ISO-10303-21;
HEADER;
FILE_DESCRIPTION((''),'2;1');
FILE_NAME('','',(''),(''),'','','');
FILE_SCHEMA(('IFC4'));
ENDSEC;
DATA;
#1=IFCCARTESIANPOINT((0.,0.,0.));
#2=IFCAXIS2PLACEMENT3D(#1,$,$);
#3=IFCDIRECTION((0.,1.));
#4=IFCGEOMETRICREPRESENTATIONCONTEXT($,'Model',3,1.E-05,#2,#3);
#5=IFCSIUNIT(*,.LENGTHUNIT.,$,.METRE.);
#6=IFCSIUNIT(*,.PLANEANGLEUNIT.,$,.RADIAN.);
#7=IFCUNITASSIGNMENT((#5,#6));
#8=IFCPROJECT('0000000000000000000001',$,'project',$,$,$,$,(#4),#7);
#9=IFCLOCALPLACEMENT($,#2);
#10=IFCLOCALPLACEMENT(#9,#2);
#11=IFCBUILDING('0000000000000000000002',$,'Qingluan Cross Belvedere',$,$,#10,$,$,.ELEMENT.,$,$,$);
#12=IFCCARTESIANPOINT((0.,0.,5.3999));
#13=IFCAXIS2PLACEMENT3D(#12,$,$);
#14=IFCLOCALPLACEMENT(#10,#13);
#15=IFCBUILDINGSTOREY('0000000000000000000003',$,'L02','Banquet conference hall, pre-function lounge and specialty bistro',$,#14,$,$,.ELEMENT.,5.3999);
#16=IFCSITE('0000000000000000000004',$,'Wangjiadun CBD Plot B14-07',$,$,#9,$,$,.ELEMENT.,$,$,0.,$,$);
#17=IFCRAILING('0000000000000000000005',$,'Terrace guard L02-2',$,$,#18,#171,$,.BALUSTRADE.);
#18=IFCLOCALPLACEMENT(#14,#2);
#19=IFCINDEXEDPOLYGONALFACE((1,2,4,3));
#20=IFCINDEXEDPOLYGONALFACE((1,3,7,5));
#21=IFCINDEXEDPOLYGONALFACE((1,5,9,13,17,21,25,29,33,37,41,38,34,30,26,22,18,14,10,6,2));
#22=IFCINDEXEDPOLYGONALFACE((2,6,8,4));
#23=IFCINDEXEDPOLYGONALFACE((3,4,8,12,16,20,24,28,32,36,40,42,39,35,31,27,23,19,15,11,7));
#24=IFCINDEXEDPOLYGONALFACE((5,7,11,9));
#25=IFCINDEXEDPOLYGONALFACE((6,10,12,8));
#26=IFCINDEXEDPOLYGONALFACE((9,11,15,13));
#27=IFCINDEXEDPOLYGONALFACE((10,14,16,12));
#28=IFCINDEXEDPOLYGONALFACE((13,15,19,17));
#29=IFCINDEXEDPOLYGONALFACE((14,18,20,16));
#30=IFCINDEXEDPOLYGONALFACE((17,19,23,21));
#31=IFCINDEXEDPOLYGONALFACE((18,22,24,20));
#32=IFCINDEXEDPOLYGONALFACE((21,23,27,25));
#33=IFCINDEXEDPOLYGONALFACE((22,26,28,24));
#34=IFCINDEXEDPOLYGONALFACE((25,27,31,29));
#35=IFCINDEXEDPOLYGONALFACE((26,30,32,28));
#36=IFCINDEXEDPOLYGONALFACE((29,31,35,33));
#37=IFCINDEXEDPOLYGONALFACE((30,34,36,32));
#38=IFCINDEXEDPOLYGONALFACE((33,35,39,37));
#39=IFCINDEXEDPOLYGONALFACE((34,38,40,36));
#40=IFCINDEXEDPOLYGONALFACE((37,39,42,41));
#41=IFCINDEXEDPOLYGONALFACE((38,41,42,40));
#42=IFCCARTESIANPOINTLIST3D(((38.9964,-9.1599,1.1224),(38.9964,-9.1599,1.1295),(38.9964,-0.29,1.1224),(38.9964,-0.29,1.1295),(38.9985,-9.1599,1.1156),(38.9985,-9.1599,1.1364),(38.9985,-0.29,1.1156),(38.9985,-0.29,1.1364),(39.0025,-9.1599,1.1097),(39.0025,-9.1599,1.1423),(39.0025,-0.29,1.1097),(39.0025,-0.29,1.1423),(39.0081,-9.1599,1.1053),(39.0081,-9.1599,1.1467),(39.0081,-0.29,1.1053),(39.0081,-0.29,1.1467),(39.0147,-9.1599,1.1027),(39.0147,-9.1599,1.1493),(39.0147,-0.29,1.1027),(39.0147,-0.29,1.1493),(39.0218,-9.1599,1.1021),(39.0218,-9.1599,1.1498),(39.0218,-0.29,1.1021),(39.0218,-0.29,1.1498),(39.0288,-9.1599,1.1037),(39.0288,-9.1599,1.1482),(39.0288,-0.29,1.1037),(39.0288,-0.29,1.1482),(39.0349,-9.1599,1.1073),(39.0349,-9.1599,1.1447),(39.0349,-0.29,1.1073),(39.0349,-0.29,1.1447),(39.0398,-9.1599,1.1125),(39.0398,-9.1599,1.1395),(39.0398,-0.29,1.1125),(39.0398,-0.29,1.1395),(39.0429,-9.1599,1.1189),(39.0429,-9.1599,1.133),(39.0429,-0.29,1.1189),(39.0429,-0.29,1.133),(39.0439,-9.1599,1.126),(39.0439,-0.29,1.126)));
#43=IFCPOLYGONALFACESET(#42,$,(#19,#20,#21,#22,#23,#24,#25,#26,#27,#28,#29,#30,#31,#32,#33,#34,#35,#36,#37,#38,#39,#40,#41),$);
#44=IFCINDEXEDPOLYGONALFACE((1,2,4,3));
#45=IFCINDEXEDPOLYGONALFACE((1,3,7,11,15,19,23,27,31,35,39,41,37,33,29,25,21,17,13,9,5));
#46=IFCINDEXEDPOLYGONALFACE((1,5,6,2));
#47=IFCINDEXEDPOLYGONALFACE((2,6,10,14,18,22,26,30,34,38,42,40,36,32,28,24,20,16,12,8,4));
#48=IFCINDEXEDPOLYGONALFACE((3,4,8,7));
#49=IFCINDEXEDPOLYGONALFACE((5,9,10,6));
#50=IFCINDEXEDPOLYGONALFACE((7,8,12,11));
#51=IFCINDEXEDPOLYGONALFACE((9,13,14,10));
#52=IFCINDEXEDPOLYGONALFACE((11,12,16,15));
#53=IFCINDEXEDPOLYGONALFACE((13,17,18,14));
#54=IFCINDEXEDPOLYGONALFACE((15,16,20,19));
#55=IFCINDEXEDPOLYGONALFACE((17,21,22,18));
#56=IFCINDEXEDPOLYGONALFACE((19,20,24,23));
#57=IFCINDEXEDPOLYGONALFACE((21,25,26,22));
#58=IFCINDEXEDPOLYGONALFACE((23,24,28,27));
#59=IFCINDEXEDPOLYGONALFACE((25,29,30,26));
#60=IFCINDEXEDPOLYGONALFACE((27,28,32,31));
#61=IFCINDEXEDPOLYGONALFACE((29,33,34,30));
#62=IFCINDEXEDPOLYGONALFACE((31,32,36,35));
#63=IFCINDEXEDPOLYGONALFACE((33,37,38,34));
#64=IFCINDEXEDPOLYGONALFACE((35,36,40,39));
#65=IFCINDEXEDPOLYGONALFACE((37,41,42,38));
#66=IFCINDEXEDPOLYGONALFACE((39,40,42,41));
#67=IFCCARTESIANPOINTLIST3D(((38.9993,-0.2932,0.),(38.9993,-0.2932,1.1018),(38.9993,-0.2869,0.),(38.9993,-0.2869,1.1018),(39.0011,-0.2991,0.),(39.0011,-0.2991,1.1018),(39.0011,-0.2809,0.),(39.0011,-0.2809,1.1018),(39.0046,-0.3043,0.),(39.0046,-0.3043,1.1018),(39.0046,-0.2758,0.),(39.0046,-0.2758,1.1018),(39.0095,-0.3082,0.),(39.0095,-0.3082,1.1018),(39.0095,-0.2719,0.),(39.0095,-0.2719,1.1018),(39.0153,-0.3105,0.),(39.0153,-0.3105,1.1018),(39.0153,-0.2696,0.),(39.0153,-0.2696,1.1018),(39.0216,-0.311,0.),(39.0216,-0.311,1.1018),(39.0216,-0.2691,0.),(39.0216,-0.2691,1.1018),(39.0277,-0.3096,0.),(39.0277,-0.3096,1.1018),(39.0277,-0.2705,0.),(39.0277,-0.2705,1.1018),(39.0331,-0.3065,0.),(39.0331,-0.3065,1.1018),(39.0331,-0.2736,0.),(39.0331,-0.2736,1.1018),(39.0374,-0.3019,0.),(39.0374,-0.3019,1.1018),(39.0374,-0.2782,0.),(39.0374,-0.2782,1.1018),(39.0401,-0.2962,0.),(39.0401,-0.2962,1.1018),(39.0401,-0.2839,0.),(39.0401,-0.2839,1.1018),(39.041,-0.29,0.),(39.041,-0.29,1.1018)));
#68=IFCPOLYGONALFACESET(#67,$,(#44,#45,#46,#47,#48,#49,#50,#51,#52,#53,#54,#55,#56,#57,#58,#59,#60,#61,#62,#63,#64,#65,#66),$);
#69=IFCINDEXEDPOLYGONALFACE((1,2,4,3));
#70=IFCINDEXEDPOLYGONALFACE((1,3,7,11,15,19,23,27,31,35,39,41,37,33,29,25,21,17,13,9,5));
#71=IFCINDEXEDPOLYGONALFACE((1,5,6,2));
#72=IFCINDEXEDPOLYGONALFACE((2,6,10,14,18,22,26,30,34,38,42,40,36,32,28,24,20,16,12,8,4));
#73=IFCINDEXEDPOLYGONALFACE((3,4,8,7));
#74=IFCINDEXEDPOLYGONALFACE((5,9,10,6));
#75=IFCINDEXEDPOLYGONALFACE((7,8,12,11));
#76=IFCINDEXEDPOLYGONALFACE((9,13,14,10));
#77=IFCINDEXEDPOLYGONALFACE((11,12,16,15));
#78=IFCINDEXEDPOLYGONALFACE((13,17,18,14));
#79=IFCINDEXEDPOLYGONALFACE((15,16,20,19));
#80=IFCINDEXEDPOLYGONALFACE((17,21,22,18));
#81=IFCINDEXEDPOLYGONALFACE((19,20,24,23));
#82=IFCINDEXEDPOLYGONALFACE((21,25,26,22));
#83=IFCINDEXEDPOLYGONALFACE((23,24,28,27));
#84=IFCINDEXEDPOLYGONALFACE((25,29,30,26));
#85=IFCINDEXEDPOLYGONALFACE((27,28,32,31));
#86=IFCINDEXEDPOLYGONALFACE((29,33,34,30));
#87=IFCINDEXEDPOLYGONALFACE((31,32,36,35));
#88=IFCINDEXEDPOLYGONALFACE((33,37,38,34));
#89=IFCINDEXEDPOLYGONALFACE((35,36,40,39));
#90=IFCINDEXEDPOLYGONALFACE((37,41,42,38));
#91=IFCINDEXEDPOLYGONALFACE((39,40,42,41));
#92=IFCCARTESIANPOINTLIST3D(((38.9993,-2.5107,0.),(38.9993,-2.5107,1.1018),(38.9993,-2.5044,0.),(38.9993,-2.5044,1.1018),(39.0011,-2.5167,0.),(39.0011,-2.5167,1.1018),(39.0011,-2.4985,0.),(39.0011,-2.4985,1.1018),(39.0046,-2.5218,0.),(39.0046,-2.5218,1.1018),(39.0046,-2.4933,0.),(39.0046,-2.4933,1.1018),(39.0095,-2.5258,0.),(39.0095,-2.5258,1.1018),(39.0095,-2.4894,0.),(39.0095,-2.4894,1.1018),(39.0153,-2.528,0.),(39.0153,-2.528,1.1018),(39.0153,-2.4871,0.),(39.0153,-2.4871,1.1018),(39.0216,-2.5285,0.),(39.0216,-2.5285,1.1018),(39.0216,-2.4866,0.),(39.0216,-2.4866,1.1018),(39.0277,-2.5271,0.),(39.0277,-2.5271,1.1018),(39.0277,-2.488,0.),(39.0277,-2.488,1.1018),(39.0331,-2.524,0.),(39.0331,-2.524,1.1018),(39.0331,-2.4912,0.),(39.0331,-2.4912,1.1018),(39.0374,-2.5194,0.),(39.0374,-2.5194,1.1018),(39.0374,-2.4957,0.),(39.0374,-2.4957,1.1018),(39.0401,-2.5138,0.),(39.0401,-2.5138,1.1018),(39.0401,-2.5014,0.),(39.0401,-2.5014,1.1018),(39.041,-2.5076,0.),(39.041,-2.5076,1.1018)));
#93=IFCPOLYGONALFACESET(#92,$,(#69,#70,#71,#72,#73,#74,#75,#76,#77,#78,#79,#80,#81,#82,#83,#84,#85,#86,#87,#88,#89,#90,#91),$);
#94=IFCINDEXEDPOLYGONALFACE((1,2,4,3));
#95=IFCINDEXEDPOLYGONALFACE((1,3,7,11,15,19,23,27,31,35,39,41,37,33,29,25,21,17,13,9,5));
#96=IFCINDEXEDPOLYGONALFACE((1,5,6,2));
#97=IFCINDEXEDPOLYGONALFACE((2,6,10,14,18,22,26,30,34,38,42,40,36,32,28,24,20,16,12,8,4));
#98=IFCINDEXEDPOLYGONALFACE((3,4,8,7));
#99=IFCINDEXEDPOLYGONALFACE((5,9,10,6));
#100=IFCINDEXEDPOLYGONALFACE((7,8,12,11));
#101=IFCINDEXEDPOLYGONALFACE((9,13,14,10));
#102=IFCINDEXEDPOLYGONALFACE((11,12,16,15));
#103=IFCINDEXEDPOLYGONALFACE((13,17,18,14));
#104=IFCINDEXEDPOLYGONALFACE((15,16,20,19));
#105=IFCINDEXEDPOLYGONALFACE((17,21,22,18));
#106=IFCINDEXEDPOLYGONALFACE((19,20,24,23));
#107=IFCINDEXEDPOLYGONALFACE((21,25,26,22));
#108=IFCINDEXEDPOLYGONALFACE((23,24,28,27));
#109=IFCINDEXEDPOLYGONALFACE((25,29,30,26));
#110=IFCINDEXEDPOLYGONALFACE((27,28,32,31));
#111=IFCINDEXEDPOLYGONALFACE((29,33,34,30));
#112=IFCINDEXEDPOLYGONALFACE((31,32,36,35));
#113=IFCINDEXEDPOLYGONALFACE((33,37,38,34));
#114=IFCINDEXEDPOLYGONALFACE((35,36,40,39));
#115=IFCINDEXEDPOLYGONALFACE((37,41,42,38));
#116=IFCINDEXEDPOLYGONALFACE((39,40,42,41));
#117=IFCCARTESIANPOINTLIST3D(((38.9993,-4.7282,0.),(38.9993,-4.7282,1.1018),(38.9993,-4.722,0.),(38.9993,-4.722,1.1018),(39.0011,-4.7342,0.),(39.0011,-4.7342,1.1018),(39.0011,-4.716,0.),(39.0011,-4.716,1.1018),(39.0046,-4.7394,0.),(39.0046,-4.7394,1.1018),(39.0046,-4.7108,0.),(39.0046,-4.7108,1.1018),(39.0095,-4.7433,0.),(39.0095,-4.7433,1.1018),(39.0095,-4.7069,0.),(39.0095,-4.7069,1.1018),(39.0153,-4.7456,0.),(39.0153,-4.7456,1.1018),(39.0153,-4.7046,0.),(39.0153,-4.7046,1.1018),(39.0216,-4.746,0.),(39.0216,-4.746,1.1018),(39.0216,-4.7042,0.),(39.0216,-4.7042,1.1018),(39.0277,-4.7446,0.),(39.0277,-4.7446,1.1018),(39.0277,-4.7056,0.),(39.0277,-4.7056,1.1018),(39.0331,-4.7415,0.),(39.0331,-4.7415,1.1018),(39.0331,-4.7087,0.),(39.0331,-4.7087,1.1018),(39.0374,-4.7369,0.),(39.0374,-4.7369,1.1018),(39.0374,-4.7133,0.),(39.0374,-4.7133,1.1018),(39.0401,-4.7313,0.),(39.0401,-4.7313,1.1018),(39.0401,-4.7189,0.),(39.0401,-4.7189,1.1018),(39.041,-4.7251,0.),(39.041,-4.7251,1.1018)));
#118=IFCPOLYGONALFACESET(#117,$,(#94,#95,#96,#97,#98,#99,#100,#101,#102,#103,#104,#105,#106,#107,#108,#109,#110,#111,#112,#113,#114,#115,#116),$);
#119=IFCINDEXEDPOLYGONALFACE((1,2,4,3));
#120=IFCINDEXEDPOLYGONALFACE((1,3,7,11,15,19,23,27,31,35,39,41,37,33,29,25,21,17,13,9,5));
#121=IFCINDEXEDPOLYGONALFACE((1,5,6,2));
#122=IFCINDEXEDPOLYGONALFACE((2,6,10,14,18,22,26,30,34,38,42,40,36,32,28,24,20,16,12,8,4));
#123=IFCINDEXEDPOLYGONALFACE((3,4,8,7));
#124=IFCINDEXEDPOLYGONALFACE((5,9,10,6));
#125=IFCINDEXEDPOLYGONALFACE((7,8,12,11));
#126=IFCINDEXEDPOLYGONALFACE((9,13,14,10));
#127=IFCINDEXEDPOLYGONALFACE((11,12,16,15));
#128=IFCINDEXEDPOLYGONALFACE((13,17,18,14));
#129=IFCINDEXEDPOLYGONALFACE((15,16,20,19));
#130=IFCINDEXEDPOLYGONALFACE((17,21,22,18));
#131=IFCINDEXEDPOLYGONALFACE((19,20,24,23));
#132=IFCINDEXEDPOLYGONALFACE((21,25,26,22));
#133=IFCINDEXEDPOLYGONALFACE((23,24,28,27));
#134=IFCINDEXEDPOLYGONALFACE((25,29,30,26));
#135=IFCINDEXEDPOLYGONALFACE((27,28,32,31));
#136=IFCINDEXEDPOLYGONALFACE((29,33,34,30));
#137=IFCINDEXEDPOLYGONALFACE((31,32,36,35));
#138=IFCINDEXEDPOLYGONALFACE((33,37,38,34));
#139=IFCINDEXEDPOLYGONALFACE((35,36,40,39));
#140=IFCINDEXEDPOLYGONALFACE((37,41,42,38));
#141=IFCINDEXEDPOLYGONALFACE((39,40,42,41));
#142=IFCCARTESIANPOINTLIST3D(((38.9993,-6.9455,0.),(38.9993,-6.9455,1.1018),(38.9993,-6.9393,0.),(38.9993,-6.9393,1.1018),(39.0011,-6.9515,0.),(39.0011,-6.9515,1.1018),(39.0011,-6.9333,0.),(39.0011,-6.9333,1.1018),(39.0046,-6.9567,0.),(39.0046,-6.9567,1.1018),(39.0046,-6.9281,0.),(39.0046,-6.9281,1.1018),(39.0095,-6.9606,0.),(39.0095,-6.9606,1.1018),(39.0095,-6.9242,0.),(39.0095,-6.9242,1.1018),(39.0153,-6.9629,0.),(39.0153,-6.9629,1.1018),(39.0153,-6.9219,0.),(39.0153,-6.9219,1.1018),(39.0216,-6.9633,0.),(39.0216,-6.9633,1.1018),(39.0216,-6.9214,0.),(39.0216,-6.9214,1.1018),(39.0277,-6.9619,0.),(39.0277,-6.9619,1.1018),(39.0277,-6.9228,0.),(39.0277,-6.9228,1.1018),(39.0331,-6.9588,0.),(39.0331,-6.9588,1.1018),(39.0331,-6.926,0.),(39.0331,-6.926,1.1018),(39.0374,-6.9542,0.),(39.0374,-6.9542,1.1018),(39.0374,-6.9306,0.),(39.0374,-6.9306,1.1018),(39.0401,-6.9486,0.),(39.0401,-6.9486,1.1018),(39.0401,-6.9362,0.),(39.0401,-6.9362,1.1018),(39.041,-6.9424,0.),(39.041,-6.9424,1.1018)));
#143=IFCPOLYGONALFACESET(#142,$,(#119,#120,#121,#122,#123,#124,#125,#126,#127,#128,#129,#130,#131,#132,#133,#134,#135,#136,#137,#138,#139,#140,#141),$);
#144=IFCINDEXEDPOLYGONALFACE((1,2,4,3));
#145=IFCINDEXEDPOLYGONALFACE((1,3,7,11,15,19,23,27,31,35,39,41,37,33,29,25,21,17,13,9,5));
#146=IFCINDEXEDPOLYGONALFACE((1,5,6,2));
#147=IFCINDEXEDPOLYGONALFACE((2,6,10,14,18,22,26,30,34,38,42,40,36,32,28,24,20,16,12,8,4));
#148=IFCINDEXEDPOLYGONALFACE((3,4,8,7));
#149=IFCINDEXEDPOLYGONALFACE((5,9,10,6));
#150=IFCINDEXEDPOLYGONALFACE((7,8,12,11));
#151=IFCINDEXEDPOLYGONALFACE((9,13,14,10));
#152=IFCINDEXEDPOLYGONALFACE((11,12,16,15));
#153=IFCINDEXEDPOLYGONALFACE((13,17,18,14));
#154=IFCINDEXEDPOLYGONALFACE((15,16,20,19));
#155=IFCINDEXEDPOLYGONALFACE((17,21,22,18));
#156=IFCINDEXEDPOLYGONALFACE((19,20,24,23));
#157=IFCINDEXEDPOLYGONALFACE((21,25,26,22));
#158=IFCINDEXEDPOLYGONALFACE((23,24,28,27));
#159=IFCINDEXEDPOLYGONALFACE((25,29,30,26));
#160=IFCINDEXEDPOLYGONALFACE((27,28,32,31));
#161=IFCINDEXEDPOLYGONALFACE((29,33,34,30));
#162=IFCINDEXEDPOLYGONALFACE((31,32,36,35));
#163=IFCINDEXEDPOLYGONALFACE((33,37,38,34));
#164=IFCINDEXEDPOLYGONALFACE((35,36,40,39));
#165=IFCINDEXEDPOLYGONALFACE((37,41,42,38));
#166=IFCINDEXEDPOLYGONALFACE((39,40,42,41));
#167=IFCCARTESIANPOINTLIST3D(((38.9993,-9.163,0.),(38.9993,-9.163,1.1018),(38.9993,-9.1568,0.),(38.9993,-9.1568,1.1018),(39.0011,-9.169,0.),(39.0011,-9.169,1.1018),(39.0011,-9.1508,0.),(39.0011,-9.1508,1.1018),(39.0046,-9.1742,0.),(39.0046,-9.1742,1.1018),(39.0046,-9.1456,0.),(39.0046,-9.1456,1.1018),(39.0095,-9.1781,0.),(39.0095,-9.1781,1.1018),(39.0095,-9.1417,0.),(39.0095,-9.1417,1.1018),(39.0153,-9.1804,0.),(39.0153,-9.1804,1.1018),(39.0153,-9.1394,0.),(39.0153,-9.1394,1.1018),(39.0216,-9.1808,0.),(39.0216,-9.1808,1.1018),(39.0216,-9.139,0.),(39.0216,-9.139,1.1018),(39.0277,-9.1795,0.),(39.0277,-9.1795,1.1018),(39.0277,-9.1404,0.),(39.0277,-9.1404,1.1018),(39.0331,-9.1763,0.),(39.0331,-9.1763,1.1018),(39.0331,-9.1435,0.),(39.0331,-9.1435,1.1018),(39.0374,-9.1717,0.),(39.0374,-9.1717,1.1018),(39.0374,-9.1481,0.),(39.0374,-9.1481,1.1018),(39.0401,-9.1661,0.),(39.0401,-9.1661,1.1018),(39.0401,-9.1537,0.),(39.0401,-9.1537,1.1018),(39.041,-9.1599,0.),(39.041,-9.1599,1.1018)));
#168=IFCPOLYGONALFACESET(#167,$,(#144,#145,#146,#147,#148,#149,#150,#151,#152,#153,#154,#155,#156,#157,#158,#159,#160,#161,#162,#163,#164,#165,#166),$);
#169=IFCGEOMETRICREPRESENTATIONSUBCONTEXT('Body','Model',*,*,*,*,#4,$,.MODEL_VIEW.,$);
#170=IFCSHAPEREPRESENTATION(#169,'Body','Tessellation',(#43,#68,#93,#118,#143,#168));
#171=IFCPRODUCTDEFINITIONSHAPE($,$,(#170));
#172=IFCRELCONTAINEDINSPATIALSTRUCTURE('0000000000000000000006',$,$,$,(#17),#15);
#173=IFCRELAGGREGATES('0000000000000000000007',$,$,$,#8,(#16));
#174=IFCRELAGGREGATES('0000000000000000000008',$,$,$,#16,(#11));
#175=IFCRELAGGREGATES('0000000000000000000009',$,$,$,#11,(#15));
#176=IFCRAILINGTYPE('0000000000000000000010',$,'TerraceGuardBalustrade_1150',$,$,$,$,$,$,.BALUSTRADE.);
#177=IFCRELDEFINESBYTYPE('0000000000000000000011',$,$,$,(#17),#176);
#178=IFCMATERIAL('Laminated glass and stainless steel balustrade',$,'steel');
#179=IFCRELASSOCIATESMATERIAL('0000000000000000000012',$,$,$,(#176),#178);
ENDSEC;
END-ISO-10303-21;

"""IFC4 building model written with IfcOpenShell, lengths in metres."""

from ifc_helpers import new_model, si_unit, direction, frame, origin, origin_2d, place, context, subcontext, project, spatial, circle, extrude, material, type_object, element, save


model = new_model("IFC4")

# Units and contexts
model_context = context("Model", 3, precision=1e-05, world=origin(), true_north=direction((0.0, 1.0)))
body_context = subcontext(model_context, "Body", "Model", "MODEL_VIEW")
ifc_project = project(units=[si_unit("LENGTHUNIT", "METRE"), si_unit("PLANEANGLEUNIT", "RADIAN")], contexts=[model_context])

# Site, building, storey
site_placement = place(None, origin())
site = spatial("IfcSite", under=ifc_project, at=site_placement, Name="Wangjiadun CBD Plot B14-07", CompositionType="ELEMENT", RefElevation=0.0)
building_placement = place(site_placement, origin())
building = spatial("IfcBuilding", under=site, at=building_placement, Name="Qingluan Cross Belvedere", CompositionType="ELEMENT")
storey_placement = place(building_placement, frame((0.0, 0.0, 5.3999)))
storey = spatial("IfcBuildingStorey", under=building, at=storey_placement, Name="L02", Description="Banquet conference hall, pre-function lounge and specialty bistro", CompositionType="ELEMENT", Elevation=5.3999)

# Railing
ifc_material_1 = material(Name="Laminated glass and stainless steel balustrade", Category="steel")
railing_type = type_object("IfcRailingType", Name="TerraceGuardBalustrade_1150", PredefinedType="BALUSTRADE", material=ifc_material_1)
railing_placement = place(storey_placement, frame((39.02, -0.29, 0.0)))
element("IfcRailing", 1, at=railing_placement, inside=storey, type_object=railing_type, Name="Terrace guard L02-2", PredefinedType="BALUSTRADE", context=body_context, shape_type="SweptSolid", body=[
    extrude(circle(Radius=0.0239, at=origin_2d()), frame((0.0, 0.0, 1.126), z_axis=(0.0, -1.0, 0.0), x_axis=(1.0, 0.0, 0.0)), (0.0, 0.0, 1.0), 8.8699),
    extrude(circle(Radius=0.021, at=origin_2d()), origin(), (0.0, 0.0, 1.0), 1.1018),
    extrude(circle(Radius=0.021, at=origin_2d()), frame((0.0, -2.2175, 0.0)), (0.0, 0.0, 1.0), 1.1018),
    extrude(circle(Radius=0.021, at=origin_2d()), frame((0.0, -4.4351, 0.0)), (0.0, 0.0, 1.0), 1.1018),
    extrude(circle(Radius=0.021, at=origin_2d()), frame((0.0, -6.6523, 0.0)), (0.0, 0.0, 1.0), 1.1018),
    extrude(circle(Radius=0.021, at=origin_2d()), frame((0.0, -8.8699, 0.0)), (0.0, 0.0, 1.0), 1.1018),
])

save(model, "model.ifc")
